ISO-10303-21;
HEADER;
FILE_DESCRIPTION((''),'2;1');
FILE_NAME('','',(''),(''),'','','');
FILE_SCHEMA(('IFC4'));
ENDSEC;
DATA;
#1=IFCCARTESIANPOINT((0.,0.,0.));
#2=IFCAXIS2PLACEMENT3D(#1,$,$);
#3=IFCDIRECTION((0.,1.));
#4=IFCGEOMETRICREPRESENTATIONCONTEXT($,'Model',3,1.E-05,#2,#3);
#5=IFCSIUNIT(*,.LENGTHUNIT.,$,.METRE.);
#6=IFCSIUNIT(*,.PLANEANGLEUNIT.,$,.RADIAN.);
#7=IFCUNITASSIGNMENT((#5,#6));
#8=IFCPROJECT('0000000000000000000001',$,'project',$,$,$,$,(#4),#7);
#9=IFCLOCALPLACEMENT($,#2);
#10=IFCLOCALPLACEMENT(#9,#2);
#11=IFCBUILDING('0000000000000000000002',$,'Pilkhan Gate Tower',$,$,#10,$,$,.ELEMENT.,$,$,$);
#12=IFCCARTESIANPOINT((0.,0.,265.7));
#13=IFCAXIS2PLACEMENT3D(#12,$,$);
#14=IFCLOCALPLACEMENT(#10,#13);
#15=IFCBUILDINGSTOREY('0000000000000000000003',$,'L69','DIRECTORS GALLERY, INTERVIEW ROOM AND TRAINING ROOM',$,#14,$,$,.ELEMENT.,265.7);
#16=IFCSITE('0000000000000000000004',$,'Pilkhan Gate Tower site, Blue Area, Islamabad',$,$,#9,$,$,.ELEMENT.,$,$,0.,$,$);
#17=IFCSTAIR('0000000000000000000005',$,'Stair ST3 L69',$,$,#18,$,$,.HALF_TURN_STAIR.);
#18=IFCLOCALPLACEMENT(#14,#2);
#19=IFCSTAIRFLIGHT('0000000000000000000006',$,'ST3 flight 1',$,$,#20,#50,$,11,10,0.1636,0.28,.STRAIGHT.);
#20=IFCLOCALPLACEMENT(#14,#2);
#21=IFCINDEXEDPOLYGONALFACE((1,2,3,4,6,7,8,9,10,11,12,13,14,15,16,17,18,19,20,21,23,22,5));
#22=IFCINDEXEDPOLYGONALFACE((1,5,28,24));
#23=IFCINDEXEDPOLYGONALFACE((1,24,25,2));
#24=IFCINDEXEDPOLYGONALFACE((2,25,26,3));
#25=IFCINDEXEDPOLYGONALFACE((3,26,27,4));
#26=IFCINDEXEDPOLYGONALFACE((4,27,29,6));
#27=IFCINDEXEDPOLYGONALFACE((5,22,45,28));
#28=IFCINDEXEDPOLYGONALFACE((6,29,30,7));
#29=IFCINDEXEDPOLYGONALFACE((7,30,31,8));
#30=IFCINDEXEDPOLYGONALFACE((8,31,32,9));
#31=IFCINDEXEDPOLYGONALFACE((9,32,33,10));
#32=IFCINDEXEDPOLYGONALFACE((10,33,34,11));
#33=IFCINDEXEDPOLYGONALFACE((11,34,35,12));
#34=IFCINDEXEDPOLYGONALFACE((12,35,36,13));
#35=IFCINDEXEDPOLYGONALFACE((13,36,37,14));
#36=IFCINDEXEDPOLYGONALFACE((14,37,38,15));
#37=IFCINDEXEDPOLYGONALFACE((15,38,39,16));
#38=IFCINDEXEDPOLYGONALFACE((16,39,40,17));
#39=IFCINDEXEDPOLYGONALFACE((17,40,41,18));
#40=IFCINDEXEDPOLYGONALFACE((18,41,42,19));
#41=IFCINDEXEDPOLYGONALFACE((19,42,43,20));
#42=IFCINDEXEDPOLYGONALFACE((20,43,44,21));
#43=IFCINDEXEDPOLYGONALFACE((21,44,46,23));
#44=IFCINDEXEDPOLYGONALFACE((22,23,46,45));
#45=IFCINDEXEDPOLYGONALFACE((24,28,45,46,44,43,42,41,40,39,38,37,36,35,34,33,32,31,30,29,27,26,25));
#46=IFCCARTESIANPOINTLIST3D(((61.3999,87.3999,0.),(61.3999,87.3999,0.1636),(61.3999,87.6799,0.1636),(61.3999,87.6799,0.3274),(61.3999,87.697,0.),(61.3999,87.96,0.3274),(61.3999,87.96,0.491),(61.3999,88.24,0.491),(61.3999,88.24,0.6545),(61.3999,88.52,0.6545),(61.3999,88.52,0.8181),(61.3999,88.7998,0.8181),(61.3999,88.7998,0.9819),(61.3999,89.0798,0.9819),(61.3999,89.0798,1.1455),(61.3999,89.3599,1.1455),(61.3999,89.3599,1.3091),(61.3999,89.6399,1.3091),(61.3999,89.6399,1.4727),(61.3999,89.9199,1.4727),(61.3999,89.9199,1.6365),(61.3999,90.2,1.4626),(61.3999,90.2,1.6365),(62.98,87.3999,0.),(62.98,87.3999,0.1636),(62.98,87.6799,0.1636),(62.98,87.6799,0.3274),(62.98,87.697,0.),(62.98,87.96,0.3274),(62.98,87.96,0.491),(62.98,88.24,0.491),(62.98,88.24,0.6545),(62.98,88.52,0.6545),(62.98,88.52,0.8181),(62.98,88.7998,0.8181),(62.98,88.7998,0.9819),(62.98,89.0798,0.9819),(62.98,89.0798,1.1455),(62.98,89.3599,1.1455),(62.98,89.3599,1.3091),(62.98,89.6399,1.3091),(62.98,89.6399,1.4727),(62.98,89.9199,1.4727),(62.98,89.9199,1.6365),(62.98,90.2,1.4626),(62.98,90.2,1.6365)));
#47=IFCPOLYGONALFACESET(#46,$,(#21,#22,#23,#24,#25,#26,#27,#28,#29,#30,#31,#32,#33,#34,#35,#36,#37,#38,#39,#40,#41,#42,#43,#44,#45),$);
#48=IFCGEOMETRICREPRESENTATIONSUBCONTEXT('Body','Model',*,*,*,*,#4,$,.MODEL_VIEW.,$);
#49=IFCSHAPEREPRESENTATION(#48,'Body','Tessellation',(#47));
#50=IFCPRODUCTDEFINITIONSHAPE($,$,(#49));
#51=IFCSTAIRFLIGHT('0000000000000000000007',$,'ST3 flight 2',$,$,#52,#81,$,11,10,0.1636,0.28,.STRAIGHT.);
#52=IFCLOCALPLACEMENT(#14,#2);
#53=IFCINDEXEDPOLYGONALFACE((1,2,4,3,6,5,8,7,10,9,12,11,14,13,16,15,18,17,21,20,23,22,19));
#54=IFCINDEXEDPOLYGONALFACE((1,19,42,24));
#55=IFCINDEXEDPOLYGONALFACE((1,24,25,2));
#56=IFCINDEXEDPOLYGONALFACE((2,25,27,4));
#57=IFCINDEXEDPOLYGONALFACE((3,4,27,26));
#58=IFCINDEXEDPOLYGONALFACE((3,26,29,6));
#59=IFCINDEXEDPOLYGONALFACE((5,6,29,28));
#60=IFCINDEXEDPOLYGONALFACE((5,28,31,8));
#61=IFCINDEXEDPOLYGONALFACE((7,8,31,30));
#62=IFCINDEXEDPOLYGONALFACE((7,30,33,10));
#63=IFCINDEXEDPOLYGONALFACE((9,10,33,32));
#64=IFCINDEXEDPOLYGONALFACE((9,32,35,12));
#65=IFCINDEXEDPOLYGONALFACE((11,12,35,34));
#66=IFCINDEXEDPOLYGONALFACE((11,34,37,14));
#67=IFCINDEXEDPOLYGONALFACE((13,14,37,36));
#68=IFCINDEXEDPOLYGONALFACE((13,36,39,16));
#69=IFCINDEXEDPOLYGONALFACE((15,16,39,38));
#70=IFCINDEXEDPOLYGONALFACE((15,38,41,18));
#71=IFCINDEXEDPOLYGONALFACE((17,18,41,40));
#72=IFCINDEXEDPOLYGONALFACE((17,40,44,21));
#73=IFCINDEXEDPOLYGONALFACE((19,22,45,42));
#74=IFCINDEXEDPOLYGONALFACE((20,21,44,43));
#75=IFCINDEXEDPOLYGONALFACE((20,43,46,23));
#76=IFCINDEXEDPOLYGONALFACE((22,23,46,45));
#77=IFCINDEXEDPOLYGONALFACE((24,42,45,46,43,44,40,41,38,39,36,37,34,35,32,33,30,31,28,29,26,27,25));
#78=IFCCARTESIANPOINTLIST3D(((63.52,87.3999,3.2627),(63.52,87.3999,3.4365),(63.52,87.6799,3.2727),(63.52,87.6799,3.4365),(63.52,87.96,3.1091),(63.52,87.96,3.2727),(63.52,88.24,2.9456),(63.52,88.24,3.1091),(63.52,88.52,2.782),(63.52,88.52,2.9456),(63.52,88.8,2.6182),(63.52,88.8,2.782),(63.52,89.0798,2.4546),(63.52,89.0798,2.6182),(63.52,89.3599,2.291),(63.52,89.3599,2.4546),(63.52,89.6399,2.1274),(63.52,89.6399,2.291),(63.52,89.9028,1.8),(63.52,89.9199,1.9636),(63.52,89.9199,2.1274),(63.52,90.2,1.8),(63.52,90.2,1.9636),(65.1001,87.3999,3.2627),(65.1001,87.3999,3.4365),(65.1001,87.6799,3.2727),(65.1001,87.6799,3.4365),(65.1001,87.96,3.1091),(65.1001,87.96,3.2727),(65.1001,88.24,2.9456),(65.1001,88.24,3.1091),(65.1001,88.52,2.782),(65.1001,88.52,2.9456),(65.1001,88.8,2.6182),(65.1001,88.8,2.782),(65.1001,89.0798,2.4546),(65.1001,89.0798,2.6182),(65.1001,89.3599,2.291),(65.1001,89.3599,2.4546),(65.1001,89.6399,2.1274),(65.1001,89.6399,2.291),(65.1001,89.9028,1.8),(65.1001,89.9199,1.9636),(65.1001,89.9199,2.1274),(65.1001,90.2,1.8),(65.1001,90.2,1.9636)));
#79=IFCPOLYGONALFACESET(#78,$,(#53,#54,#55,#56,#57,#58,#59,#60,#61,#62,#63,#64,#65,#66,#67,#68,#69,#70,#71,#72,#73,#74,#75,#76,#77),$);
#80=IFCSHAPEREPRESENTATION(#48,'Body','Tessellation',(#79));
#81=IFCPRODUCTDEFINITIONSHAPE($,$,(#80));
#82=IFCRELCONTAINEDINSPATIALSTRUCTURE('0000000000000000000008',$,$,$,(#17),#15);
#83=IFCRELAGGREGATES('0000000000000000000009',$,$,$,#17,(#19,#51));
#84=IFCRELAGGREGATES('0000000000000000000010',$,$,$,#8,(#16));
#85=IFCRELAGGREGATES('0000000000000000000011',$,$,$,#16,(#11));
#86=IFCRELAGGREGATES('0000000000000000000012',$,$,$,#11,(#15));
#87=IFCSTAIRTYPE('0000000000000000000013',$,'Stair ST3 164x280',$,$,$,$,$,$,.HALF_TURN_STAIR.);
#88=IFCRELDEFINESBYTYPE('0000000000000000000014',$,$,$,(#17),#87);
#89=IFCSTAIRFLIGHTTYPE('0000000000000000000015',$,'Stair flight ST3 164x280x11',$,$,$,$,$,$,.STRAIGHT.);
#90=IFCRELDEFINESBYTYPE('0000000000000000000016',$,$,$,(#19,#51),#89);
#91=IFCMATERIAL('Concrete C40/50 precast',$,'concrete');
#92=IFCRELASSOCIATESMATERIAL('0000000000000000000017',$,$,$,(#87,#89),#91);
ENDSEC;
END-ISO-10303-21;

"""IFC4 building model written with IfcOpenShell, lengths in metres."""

from ifc_helpers import new_model, si_unit, direction, frame, origin, place, context, subcontext, project, spatial, polyline, outline, extrude, material, type_object, element, aggregate, save


model = new_model("IFC4")

# Units and contexts
model_context = context("Model", 3, precision=1e-05, world=origin(), true_north=direction((0.0, 1.0)))
body_context = subcontext(model_context, "Body", "Model", "MODEL_VIEW")
ifc_project = project(units=[si_unit("LENGTHUNIT", "METRE"), si_unit("PLANEANGLEUNIT", "RADIAN")], contexts=[model_context])

# Site, building, storey
site_placement = place(None, origin())
site = spatial("IfcSite", under=ifc_project, at=site_placement, Name="Pilkhan Gate Tower site, Blue Area, Islamabad", CompositionType="ELEMENT", RefElevation=0.0)
building_placement = place(site_placement, origin())
building = spatial("IfcBuilding", under=site, at=building_placement, Name="Pilkhan Gate Tower", CompositionType="ELEMENT")
storey_placement = place(building_placement, frame((0.0, 0.0, 265.7)))
storey = spatial("IfcBuildingStorey", under=building, at=storey_placement, Name="L69", Description="DIRECTORS GALLERY, INTERVIEW ROOM AND TRAINING ROOM", CompositionType="ELEMENT", Elevation=265.7)

# Stair, stair flights
ifc_material_1 = material(Name="Concrete C40/50 precast", Category="concrete")
stair_type = type_object("IfcStairType", Name="Stair ST3 164x280", PredefinedType="HALF_TURN_STAIR", material=ifc_material_1)
stair_placement = place(storey_placement, origin())
stair = element("IfcStair", 1, at=stair_placement, inside=storey, type_object=stair_type, Name="Stair ST3 L69", PredefinedType="HALF_TURN_STAIR")
stair_flight_type = type_object("IfcStairFlightType", Name="Stair flight ST3 164x280x11", PredefinedType="STRAIGHT", material=ifc_material_1)
stair_flight_1_placement = place(storey_placement, frame((62.1899, 87.3999, 0.0), z_axis=(0.0, 0.0, 1.0), x_axis=(0.0, 1.0, 0.0)))
stair_flight_1 = element("IfcStairFlight", 2, at=stair_flight_1_placement, type_object=stair_flight_type, Name="ST3 flight 1", NumberOfRisers=11, NumberOfTreads=10, PredefinedType="STRAIGHT", RiserHeight=0.1636, TreadLength=0.28, context=body_context, shape_type="SweptSolid", body=[
    extrude(outline(polyline([(0.0, 0.0), (0.0, 0.1636), (0.28, 0.1636), (0.28, 0.3274), (0.5601, 0.3274), (0.5601, 0.491), (0.8401, 0.491), (0.8401, 0.6545), (1.1201, 0.6545), (1.1201, 0.8181), (1.3999, 0.8181), (1.3999, 0.9819), (1.6799, 0.9819), (1.6799, 1.1455), (1.96, 1.1455), (1.96, 1.3091), (2.24, 1.3091), (2.24, 1.4727), (2.52, 1.4727), (2.52, 1.6365), (2.8, 1.6365), (2.8, 1.8), (2.8, 1.4626), (0.2971, 0.0), (0.0, 0.0)])), frame((0.0, 0.79, 0.0), z_axis=(0.0, -1.0, 0.0), x_axis=(1.0, 0.0, 0.0)), (0.0, 0.0, 1.0), 1.5801),
])
stair_flight_2_placement = place(storey_placement, frame((64.3101, 90.2, 1.8), z_axis=(0.0, 0.0, 1.0), x_axis=(0.0, -1.0, 0.0)))
stair_flight_2 = element("IfcStairFlight", 3, at=stair_flight_2_placement, type_object=stair_flight_type, Name="ST3 flight 2", NumberOfRisers=11, NumberOfTreads=10, PredefinedType="STRAIGHT", RiserHeight=0.1636, TreadLength=0.28, context=body_context, shape_type="SweptSolid", body=[
    extrude(outline(polyline([(0.0, 0.0), (0.0, 0.1636), (0.28, 0.1636), (0.28, 0.3274), (0.5601, 0.3274), (0.5601, 0.491), (0.8401, 0.491), (0.8401, 0.6545), (1.1201, 0.6545), (1.1201, 0.8181), (1.3999, 0.8181), (1.3999, 0.9819), (1.6799, 0.9819), (1.6799, 1.1455), (1.96, 1.1455), (1.96, 1.3091), (2.24, 1.3091), (2.24, 1.4727), (2.52, 1.4727), (2.52, 1.6365), (2.8, 1.6365), (2.8, 1.8), (2.8, 1.4626), (0.2971, 0.0), (0.0, 0.0)])), frame((0.0, 0.79, 0.0), z_axis=(0.0, -1.0, 0.0), x_axis=(1.0, 0.0, 0.0)), (0.0, 0.0, 1.0), 1.5801),
])
aggregate(stair, [stair_flight_1, stair_flight_2])

save(model, "model.ifc")
